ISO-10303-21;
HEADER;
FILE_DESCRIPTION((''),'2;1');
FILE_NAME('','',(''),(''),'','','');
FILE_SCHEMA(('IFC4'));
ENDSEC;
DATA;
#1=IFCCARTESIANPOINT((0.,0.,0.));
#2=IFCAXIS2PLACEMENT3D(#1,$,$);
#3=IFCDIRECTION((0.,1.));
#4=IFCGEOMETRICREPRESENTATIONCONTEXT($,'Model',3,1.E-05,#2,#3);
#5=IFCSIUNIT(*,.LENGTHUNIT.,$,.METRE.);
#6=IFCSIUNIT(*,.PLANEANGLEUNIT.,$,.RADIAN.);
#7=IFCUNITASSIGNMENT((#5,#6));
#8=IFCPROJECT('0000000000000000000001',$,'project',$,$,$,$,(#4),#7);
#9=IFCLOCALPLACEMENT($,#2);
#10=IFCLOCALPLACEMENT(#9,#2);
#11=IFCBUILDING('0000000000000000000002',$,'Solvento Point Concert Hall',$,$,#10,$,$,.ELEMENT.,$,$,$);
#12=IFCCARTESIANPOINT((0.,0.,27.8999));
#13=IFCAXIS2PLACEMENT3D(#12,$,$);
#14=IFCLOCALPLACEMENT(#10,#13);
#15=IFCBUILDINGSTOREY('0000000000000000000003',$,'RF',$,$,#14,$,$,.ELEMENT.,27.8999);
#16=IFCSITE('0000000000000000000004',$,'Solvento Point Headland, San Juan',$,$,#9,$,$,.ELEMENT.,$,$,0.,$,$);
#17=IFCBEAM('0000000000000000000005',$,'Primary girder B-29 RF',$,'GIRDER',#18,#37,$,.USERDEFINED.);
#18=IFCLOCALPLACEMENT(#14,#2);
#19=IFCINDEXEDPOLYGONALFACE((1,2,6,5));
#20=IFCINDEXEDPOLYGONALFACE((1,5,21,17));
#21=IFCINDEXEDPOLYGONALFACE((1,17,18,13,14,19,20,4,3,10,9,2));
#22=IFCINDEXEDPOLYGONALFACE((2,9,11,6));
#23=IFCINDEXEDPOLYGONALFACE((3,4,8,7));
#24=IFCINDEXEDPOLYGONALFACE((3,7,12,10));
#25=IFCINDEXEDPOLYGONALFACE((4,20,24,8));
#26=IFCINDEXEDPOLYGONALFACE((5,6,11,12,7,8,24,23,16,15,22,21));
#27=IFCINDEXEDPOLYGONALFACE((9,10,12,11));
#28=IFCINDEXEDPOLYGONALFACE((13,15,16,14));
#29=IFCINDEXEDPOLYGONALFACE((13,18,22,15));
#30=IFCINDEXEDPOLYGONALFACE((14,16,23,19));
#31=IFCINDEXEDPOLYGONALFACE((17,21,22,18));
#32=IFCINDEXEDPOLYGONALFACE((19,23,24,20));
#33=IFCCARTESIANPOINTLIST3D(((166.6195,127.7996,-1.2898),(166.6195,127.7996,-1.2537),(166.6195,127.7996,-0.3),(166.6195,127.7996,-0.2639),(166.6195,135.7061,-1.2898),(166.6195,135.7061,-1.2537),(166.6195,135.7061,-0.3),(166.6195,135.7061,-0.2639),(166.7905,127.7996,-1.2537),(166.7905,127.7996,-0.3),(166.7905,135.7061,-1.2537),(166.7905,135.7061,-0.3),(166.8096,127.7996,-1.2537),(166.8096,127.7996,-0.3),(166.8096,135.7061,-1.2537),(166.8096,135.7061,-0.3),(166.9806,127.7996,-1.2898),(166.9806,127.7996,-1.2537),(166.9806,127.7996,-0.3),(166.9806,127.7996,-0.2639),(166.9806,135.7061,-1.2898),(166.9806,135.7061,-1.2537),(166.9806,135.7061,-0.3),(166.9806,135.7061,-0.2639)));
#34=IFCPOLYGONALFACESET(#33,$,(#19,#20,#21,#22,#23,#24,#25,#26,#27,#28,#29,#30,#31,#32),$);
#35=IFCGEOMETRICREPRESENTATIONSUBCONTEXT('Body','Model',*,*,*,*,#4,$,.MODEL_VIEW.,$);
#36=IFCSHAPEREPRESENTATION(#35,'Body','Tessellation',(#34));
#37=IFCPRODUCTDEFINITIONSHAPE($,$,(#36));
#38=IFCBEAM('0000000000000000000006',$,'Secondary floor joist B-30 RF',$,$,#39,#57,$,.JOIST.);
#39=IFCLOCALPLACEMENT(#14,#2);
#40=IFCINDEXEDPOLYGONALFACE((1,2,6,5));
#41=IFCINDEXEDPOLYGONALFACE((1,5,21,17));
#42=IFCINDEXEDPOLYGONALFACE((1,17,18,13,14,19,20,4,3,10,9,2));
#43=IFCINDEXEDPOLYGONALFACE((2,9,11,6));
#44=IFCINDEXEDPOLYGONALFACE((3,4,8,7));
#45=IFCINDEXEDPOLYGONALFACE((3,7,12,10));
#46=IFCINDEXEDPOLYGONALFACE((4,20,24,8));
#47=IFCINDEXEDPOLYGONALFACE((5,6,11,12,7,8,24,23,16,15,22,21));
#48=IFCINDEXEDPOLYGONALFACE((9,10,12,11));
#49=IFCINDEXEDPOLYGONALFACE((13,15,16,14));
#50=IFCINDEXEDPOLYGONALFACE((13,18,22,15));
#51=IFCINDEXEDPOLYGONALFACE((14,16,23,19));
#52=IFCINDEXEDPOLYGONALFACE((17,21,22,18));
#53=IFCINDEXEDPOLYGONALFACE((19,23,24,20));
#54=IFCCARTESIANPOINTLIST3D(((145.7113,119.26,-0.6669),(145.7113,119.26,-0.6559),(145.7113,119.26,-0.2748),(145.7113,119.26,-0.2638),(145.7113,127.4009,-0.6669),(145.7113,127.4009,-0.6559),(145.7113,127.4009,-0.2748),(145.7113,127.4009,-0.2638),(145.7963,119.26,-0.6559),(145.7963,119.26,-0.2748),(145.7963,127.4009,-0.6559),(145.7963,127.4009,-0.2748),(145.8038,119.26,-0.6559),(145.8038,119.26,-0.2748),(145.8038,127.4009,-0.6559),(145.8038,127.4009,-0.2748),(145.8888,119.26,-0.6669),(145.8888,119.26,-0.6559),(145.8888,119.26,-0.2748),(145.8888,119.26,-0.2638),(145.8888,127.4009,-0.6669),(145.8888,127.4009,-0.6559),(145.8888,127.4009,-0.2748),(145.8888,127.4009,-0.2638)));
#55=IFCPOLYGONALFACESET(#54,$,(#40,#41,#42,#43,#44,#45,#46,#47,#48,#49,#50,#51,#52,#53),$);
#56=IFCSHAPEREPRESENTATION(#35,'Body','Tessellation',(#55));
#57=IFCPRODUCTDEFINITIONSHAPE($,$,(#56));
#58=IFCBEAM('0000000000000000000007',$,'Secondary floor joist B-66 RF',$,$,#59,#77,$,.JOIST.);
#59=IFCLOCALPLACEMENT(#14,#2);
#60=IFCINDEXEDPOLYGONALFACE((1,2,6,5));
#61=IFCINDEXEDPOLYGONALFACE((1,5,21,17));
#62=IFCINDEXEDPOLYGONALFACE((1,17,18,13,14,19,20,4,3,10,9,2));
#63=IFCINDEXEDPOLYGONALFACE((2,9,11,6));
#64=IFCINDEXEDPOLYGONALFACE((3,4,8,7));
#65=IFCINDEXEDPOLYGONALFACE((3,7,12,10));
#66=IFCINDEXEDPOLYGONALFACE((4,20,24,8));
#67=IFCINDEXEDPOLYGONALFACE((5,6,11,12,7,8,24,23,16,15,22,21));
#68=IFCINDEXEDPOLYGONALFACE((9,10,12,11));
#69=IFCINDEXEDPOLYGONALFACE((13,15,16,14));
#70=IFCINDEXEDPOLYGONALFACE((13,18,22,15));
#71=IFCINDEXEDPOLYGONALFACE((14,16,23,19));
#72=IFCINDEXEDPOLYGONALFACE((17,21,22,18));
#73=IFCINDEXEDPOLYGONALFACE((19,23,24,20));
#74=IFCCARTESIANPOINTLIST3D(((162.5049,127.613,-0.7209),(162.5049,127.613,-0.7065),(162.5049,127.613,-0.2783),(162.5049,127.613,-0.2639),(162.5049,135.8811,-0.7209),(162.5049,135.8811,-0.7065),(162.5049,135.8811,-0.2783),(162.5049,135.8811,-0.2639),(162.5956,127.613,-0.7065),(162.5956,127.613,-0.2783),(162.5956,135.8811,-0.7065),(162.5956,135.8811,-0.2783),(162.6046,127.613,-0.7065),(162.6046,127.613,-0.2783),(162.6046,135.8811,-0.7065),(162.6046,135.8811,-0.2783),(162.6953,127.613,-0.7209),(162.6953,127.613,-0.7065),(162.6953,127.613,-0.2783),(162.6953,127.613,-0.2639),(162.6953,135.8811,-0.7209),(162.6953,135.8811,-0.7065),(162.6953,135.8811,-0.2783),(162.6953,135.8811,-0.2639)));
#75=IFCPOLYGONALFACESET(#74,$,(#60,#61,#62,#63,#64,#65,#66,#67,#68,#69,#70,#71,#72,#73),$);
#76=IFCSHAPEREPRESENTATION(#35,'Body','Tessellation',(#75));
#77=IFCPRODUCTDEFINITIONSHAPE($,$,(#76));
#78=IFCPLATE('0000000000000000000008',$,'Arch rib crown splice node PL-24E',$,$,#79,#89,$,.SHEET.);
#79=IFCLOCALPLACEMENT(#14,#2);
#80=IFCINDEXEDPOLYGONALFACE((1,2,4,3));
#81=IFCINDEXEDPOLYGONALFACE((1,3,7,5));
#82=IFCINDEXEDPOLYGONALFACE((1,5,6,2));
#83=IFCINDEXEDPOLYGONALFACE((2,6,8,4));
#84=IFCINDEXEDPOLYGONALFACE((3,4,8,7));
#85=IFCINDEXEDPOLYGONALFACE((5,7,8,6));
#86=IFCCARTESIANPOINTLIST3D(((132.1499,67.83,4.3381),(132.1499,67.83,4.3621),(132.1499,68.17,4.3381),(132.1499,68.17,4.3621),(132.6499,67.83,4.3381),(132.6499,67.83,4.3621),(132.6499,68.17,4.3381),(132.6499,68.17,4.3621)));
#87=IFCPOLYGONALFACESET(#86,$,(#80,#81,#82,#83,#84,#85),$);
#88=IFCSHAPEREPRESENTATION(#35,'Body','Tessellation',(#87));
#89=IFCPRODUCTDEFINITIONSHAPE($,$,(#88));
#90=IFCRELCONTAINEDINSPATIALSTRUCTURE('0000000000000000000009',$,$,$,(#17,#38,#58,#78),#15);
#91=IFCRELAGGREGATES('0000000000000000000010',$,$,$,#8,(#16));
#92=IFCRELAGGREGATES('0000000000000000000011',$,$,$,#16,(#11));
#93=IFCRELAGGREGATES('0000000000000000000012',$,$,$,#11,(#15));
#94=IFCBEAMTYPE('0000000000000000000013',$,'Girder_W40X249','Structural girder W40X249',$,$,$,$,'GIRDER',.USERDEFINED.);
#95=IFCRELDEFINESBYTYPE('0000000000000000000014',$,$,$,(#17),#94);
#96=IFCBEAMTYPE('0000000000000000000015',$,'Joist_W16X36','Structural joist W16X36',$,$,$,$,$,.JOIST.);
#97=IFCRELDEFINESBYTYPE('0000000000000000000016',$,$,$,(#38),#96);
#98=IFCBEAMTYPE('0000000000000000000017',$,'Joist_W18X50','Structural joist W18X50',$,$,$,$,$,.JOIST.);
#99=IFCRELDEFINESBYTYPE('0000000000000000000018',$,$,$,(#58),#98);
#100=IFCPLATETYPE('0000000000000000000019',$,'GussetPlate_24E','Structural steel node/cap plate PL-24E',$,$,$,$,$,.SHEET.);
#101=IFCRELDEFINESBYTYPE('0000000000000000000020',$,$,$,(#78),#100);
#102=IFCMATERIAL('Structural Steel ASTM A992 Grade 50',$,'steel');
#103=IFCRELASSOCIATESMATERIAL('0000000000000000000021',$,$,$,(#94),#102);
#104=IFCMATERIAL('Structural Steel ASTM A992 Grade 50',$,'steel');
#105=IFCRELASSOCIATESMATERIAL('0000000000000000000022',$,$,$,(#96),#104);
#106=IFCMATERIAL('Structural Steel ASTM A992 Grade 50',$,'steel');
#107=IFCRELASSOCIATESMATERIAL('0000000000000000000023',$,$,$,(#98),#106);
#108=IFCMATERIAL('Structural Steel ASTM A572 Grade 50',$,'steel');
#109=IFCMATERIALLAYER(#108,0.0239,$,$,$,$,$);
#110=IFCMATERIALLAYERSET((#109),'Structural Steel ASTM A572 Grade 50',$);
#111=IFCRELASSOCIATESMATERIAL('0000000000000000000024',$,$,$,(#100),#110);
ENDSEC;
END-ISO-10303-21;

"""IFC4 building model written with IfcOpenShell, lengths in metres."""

from ifc_helpers import new_model, si_unit, direction, frame, origin, origin_2d, place, context, subcontext, project, spatial, rectangle, i_section, extrude, material, layer, layer_set, material_profile, profile_set, type_object, element, save


model = new_model("IFC4")

# Units and contexts
model_context = context("Model", 3, precision=1e-05, world=origin(), true_north=direction((0.0, 1.0)))
body_context = subcontext(model_context, "Body", "Model", "MODEL_VIEW")
ifc_project = project(units=[si_unit("LENGTHUNIT", "METRE"), si_unit("PLANEANGLEUNIT", "RADIAN")], contexts=[model_context])

# Site, building, storey
site_placement = place(None, origin())
site = spatial("IfcSite", under=ifc_project, at=site_placement, Name="Solvento Point Headland, San Juan", CompositionType="ELEMENT", RefElevation=0.0)
building_placement = place(site_placement, origin())
building = spatial("IfcBuilding", under=site, at=building_placement, Name="Solvento Point Concert Hall", CompositionType="ELEMENT")
storey_placement = place(building_placement, frame((0.0, 0.0, 27.8999)))
storey = spatial("IfcBuildingStorey", under=building, at=storey_placement, Name="RF", CompositionType="ELEMENT", Elevation=27.8999)

# Beams
ifc_material_1 = material(Name="Structural Steel ASTM A992 Grade 50", Category="steel")
ifc_material_profile_1 = material_profile(ifc_material_1, i_section(OverallWidth=0.3611, OverallDepth=1.0259, WebThickness=0.019, FlangeThickness=0.0361, at=origin_2d()), Name="W40X249")
ifc_profile_set_1 = profile_set([ifc_material_profile_1], Name="Structural Steel ASTM A992 Grade 50")
beam_type_1 = type_object("IfcBeamType", Name="Girder_W40X249", Description="Structural girder W40X249", ElementType="GIRDER", PredefinedType="USERDEFINED", material=ifc_profile_set_1)
beam_1_placement = place(storey_placement, frame((166.8, 127.7996, -0.7769), z_axis=(0.0, 1.0, 0.0), x_axis=(-1.0, 0.0, 0.0)))
element("IfcBeam", 1, at=beam_1_placement, inside=storey, type_object=beam_type_1, Name="Primary girder B-29 RF", ObjectType="GIRDER", PredefinedType="USERDEFINED", context=body_context, shape_type="SweptSolid", body=[
    extrude(i_section(OverallWidth=0.3611, OverallDepth=1.0259, WebThickness=0.019, FlangeThickness=0.0361, at=origin_2d()), origin(), (0.0, 0.0, 1.0), 7.9065),
])
ifc_material_2 = material(Name="Structural Steel ASTM A992 Grade 50", Category="steel")
ifc_material_profile_2 = material_profile(ifc_material_2, i_section(OverallWidth=0.1775, OverallDepth=0.4031, WebThickness=0.0076, FlangeThickness=0.011, at=origin_2d()), Name="W16X36")
ifc_profile_set_2 = profile_set([ifc_material_profile_2], Name="Structural Steel ASTM A992 Grade 50")
beam_type_2 = type_object("IfcBeamType", Name="Joist_W16X36", Description="Structural joist W16X36", PredefinedType="JOIST", material=ifc_profile_set_2)
beam_2_placement = place(storey_placement, frame((145.8, 119.26, -0.4653), z_axis=(0.0, 1.0, 0.0), x_axis=(-1.0, 0.0, 0.0)))
element("IfcBeam", 2, at=beam_2_placement, inside=storey, type_object=beam_type_2, Name="Secondary floor joist B-30 RF", PredefinedType="JOIST", context=body_context, shape_type="SweptSolid", body=[
    extrude(i_section(OverallWidth=0.1775, OverallDepth=0.4031, WebThickness=0.0076, FlangeThickness=0.011, at=origin_2d()), origin(), (0.0, 0.0, 1.0), 8.1409),
])
ifc_material_3 = material(Name="Structural Steel ASTM A992 Grade 50", Category="steel")
ifc_material_profile_3 = material_profile(ifc_material_3, i_section(OverallWidth=0.1904, OverallDepth=0.457, WebThickness=0.009, FlangeThickness=0.0144, at=origin_2d()), Name="W18X50")
ifc_profile_set_3 = profile_set([ifc_material_profile_3], Name="Structural Steel ASTM A992 Grade 50")
beam_type_3 = type_object("IfcBeamType", Name="Joist_W18X50", Description="Structural joist W18X50", PredefinedType="JOIST", material=ifc_profile_set_3)
beam_3_placement = place(storey_placement, frame((162.6001, 127.613, -0.4924), z_axis=(0.0, 1.0, 0.0), x_axis=(-1.0, 0.0, 0.0)))
element("IfcBeam", 3, at=beam_3_placement, inside=storey, type_object=beam_type_3, Name="Secondary floor joist B-66 RF", PredefinedType="JOIST", context=body_context, shape_type="SweptSolid", body=[
    extrude(i_section(OverallWidth=0.1904, OverallDepth=0.457, WebThickness=0.009, FlangeThickness=0.0144, at=origin_2d()), origin(), (0.0, 0.0, 1.0), 8.2681),
])

# Plate
ifc_material_4 = material(Name="Structural Steel ASTM A572 Grade 50", Category="steel")
ifc_layer = layer(ifc_material_4, 0.0239)
ifc_layer_set = layer_set([ifc_layer], Name="Structural Steel ASTM A572 Grade 50")
plate_type = type_object("IfcPlateType", Name="GussetPlate_24E", Description="Structural steel node/cap plate PL-24E", PredefinedType="SHEET", material=ifc_layer_set)
plate_placement = place(storey_placement, frame((132.3999, 68.0, 4.3381), z_axis=(0.0, 0.0, 1.0), x_axis=(1.0, 0.0, 0.0)))
element("IfcPlate", 4, at=plate_placement, inside=storey, type_object=plate_type, Name="Arch rib crown splice node PL-24E", PredefinedType="SHEET", context=body_context, shape_type="SweptSolid", body=[
    extrude(rectangle(XDim=0.5, YDim=0.3401, at=origin_2d()), origin(), (0.0, 0.0, 1.0), 0.0239),
])

save(model, "model.ifc")
